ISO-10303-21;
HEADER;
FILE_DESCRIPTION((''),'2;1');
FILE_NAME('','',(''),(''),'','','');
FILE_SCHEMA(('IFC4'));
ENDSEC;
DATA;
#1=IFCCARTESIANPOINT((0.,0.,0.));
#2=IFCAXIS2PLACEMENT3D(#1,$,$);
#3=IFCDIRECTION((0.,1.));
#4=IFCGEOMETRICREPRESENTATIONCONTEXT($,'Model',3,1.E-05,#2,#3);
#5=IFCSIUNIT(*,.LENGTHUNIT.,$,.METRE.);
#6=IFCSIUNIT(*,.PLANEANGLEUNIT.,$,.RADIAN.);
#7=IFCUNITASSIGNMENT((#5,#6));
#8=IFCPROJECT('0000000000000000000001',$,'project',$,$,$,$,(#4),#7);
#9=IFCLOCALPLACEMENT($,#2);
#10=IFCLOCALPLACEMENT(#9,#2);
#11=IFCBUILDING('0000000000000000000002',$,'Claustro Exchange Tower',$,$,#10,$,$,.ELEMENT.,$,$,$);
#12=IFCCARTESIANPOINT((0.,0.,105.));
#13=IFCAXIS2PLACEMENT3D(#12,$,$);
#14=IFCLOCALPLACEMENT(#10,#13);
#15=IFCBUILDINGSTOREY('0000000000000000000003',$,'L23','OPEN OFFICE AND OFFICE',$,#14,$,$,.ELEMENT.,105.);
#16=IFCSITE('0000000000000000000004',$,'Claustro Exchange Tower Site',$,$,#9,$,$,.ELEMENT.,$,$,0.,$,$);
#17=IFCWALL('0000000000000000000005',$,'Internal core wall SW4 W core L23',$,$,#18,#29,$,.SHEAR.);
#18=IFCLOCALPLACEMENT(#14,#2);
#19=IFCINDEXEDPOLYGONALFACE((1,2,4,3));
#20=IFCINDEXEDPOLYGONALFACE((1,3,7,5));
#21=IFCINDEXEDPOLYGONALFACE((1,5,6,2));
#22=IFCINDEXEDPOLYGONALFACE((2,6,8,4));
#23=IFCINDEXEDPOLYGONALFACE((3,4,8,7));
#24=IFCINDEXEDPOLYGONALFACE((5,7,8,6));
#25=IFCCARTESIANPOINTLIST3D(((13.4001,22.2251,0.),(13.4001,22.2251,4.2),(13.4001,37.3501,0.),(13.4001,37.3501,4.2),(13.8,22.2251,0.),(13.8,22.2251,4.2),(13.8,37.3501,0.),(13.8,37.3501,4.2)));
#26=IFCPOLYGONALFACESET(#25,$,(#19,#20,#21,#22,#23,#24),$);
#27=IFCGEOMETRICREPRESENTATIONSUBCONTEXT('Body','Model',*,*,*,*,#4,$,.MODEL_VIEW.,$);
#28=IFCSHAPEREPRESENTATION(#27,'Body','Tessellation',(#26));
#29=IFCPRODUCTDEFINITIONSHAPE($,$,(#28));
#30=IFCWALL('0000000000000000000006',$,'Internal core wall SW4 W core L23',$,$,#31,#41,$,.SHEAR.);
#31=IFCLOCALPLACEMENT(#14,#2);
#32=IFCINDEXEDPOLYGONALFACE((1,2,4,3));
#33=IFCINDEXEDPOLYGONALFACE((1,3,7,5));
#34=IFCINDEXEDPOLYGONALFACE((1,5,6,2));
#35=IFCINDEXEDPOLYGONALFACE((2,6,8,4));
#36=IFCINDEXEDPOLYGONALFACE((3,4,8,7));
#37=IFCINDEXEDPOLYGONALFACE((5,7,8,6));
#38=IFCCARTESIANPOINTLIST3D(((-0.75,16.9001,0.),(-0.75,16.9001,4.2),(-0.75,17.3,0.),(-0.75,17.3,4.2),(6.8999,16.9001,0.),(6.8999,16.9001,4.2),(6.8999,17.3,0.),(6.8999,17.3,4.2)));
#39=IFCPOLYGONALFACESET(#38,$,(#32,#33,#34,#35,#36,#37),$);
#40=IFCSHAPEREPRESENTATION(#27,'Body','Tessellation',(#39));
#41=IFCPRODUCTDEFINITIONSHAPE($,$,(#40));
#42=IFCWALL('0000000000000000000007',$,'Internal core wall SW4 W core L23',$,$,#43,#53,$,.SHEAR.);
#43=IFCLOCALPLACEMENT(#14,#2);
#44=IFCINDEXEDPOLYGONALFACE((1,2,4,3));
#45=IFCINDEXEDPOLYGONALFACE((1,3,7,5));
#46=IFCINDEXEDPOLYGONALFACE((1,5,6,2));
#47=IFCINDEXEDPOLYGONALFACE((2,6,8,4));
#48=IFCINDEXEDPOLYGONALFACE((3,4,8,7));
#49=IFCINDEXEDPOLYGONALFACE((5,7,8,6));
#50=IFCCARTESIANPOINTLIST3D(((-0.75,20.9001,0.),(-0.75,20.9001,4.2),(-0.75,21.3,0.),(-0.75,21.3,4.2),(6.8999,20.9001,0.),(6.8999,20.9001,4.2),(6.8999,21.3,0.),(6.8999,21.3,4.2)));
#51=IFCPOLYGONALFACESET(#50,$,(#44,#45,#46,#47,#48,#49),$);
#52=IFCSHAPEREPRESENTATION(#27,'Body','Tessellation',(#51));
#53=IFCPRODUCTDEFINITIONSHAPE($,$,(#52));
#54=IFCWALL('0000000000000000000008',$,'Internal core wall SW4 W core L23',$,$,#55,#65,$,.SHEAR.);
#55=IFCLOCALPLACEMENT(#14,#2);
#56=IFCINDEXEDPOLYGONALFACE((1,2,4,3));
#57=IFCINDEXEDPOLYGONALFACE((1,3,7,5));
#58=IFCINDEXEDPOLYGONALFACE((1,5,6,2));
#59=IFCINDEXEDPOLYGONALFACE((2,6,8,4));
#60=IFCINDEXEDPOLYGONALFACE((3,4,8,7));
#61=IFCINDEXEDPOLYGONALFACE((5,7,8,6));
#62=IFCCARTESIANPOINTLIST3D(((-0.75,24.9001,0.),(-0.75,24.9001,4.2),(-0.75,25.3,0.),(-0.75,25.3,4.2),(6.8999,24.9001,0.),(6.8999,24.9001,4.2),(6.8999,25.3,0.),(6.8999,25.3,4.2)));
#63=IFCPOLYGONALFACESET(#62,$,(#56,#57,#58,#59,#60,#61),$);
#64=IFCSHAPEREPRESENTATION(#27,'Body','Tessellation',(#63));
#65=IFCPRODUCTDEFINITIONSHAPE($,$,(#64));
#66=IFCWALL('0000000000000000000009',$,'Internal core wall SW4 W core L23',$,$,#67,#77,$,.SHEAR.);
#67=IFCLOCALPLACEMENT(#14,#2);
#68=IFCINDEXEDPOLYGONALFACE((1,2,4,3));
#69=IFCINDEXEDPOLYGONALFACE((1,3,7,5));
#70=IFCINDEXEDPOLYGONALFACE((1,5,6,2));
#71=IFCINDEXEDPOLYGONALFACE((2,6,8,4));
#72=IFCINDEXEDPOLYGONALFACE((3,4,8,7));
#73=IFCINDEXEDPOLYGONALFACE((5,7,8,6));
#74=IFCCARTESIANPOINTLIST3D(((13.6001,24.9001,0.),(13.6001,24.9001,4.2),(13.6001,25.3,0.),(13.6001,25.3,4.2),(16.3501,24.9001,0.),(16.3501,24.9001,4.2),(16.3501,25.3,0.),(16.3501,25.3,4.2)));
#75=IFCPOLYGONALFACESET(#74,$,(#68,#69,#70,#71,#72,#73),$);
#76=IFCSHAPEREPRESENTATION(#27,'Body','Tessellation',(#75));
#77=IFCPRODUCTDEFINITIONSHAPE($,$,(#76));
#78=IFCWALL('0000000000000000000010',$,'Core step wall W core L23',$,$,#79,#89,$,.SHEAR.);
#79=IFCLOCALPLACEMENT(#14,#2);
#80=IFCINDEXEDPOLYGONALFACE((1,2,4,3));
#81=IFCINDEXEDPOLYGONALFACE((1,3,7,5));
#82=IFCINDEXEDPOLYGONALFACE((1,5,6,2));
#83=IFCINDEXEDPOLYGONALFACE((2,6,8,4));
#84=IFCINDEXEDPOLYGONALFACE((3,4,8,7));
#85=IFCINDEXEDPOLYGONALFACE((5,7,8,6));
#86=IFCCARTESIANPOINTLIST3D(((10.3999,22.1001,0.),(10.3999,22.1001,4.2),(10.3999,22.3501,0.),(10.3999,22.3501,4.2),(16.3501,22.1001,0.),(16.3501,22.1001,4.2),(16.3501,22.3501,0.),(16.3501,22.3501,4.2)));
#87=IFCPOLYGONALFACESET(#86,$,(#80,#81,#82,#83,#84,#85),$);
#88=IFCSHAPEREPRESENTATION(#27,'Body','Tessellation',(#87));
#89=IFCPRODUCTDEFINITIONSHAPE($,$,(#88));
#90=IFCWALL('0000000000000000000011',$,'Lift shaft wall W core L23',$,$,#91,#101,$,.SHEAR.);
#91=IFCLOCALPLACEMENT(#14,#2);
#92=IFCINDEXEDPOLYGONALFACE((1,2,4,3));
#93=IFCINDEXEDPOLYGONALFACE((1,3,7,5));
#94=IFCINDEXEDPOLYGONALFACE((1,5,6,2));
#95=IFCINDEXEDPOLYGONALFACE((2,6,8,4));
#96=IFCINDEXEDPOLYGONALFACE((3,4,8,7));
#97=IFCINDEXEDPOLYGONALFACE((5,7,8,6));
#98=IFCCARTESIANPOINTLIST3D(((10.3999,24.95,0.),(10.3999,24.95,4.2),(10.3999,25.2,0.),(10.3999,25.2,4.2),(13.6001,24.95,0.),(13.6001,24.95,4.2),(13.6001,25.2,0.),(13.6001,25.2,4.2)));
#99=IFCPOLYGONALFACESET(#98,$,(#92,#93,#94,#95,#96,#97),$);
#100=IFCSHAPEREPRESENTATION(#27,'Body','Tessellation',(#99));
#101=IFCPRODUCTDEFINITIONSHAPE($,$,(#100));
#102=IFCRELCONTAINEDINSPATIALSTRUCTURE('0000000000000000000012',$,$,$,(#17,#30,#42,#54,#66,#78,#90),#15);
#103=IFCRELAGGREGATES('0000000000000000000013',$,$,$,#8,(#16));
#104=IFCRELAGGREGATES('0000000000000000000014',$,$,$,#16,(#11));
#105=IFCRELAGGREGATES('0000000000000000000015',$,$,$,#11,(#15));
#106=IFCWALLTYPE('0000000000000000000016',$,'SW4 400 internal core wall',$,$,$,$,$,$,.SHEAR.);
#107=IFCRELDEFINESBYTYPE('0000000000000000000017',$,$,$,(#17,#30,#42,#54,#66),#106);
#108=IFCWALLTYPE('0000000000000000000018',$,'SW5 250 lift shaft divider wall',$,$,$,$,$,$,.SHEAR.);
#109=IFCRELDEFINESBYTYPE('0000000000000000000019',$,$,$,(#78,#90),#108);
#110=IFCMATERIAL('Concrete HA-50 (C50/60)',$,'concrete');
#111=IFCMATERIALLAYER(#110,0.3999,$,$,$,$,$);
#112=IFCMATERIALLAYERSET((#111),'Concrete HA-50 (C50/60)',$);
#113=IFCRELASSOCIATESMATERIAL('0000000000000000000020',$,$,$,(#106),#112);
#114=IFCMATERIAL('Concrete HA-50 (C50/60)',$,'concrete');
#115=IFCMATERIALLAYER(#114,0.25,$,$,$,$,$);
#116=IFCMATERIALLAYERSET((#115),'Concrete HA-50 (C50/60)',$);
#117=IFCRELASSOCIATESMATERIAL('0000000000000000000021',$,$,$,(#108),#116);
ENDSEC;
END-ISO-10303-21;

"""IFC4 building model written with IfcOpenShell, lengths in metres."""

from ifc_helpers import new_model, si_unit, direction, frame, frame_2d, origin, place, context, subcontext, project, spatial, rectangle, extrude, material, layer, layer_set, type_object, element, save


model = new_model("IFC4")

# Units and contexts
model_context = context("Model", 3, precision=1e-05, world=origin(), true_north=direction((0.0, 1.0)))
body_context = subcontext(model_context, "Body", "Model", "MODEL_VIEW")
ifc_project = project(units=[si_unit("LENGTHUNIT", "METRE"), si_unit("PLANEANGLEUNIT", "RADIAN")], contexts=[model_context])

# Site, building, storey
site_placement = place(None, origin())
site = spatial("IfcSite", under=ifc_project, at=site_placement, Name="Claustro Exchange Tower Site", CompositionType="ELEMENT", RefElevation=0.0)
building_placement = place(site_placement, origin())
building = spatial("IfcBuilding", under=site, at=building_placement, Name="Claustro Exchange Tower", CompositionType="ELEMENT")
storey_placement = place(building_placement, frame((0.0, 0.0, 105.0)))
storey = spatial("IfcBuildingStorey", under=building, at=storey_placement, Name="L23", Description="OPEN OFFICE AND OFFICE", CompositionType="ELEMENT", Elevation=105.0)

# Walls
ifc_material_1 = material(Name="Concrete HA-50 (C50/60)", Category="concrete")
ifc_layer_1 = layer(ifc_material_1, 0.3999)
ifc_layer_set_1 = layer_set([ifc_layer_1], Name="Concrete HA-50 (C50/60)")
wall_type_1 = type_object("IfcWallType", Name="SW4 400 internal core wall", PredefinedType="SHEAR", material=ifc_layer_set_1)
wall_1_placement = place(storey_placement, frame((13.6001, 22.2251, 0.0), z_axis=(0.0, 0.0, 1.0), x_axis=(0.0, 1.0, 0.0)))
element("IfcWall", 1, at=wall_1_placement, inside=storey, type_object=wall_type_1, Name="Internal core wall SW4 W core L23", PredefinedType="SHEAR", context=body_context, shape_type="SweptSolid", body=[
    extrude(rectangle(XDim=15.125, YDim=0.3999, at=frame_2d((7.5625, 0.0))), origin(), (0.0, 0.0, 1.0), 4.2),
])
for number, where, z_axis, x_axis, name in (
    (2, (-0.75, 17.1001, 0.0), (0.0, 0.0, 1.0), (1.0, 0.0, 0.0), "Internal core wall SW4 W core L23"),
    (3, (-0.75, 21.1001, 0.0), (0.0, 0.0, 1.0), (1.0, 0.0, 0.0), "Internal core wall SW4 W core L23"),
    (4, (-0.75, 25.1001, 0.0), (0.0, 0.0, 1.0), (1.0, 0.0, 0.0), "Internal core wall SW4 W core L23"),
):
    element("IfcWall", number, at=place(storey_placement, frame(where, z_axis=z_axis, x_axis=x_axis)), inside=storey, type_object=wall_type_1, Name=name, PredefinedType="SHEAR", context=body_context, shape_type="SweptSolid", body=[
        extrude(rectangle(XDim=7.6499, YDim=0.3999, at=frame_2d((3.825, 0.0))), origin(), (0.0, 0.0, 1.0), 4.2),
    ])
wall_2_placement = place(storey_placement, frame((13.6001, 25.1001, 0.0), z_axis=(0.0, 0.0, 1.0), x_axis=(1.0, 0.0, 0.0)))
element("IfcWall", 5, at=wall_2_placement, inside=storey, type_object=wall_type_1, Name="Internal core wall SW4 W core L23", PredefinedType="SHEAR", context=body_context, shape_type="SweptSolid", body=[
    extrude(rectangle(XDim=2.75, YDim=0.3999, at=frame_2d((1.375, 0.0))), origin(), (0.0, 0.0, 1.0), 4.2),
])
ifc_material_2 = material(Name="Concrete HA-50 (C50/60)", Category="concrete")
ifc_layer_2 = layer(ifc_material_2, 0.25)
ifc_layer_set_2 = layer_set([ifc_layer_2], Name="Concrete HA-50 (C50/60)")
wall_type_2 = type_object("IfcWallType", Name="SW5 250 lift shaft divider wall", PredefinedType="SHEAR", material=ifc_layer_set_2)
wall_3_placement = place(storey_placement, frame((10.3999, 22.2251, 0.0), z_axis=(0.0, 0.0, 1.0), x_axis=(1.0, 0.0, 0.0)))
element("IfcWall", 6, at=wall_3_placement, inside=storey, type_object=wall_type_2, Name="Core step wall W core L23", PredefinedType="SHEAR", context=body_context, shape_type="SweptSolid", body=[
    extrude(rectangle(XDim=5.9502, YDim=0.25, at=frame_2d((2.9751, 0.0))), origin(), (0.0, 0.0, 1.0), 4.2),
])
wall_4_placement = place(storey_placement, frame((10.3999, 25.075, 0.0), z_axis=(0.0, 0.0, 1.0), x_axis=(1.0, 0.0, 0.0)))
element("IfcWall", 7, at=wall_4_placement, inside=storey, type_object=wall_type_2, Name="Lift shaft wall W core L23", PredefinedType="SHEAR", context=body_context, shape_type="SweptSolid", body=[
    extrude(rectangle(XDim=3.2002, YDim=0.25, at=frame_2d((1.6001, 0.0))), origin(), (0.0, 0.0, 1.0), 4.2),
])

save(model, "model.ifc")
